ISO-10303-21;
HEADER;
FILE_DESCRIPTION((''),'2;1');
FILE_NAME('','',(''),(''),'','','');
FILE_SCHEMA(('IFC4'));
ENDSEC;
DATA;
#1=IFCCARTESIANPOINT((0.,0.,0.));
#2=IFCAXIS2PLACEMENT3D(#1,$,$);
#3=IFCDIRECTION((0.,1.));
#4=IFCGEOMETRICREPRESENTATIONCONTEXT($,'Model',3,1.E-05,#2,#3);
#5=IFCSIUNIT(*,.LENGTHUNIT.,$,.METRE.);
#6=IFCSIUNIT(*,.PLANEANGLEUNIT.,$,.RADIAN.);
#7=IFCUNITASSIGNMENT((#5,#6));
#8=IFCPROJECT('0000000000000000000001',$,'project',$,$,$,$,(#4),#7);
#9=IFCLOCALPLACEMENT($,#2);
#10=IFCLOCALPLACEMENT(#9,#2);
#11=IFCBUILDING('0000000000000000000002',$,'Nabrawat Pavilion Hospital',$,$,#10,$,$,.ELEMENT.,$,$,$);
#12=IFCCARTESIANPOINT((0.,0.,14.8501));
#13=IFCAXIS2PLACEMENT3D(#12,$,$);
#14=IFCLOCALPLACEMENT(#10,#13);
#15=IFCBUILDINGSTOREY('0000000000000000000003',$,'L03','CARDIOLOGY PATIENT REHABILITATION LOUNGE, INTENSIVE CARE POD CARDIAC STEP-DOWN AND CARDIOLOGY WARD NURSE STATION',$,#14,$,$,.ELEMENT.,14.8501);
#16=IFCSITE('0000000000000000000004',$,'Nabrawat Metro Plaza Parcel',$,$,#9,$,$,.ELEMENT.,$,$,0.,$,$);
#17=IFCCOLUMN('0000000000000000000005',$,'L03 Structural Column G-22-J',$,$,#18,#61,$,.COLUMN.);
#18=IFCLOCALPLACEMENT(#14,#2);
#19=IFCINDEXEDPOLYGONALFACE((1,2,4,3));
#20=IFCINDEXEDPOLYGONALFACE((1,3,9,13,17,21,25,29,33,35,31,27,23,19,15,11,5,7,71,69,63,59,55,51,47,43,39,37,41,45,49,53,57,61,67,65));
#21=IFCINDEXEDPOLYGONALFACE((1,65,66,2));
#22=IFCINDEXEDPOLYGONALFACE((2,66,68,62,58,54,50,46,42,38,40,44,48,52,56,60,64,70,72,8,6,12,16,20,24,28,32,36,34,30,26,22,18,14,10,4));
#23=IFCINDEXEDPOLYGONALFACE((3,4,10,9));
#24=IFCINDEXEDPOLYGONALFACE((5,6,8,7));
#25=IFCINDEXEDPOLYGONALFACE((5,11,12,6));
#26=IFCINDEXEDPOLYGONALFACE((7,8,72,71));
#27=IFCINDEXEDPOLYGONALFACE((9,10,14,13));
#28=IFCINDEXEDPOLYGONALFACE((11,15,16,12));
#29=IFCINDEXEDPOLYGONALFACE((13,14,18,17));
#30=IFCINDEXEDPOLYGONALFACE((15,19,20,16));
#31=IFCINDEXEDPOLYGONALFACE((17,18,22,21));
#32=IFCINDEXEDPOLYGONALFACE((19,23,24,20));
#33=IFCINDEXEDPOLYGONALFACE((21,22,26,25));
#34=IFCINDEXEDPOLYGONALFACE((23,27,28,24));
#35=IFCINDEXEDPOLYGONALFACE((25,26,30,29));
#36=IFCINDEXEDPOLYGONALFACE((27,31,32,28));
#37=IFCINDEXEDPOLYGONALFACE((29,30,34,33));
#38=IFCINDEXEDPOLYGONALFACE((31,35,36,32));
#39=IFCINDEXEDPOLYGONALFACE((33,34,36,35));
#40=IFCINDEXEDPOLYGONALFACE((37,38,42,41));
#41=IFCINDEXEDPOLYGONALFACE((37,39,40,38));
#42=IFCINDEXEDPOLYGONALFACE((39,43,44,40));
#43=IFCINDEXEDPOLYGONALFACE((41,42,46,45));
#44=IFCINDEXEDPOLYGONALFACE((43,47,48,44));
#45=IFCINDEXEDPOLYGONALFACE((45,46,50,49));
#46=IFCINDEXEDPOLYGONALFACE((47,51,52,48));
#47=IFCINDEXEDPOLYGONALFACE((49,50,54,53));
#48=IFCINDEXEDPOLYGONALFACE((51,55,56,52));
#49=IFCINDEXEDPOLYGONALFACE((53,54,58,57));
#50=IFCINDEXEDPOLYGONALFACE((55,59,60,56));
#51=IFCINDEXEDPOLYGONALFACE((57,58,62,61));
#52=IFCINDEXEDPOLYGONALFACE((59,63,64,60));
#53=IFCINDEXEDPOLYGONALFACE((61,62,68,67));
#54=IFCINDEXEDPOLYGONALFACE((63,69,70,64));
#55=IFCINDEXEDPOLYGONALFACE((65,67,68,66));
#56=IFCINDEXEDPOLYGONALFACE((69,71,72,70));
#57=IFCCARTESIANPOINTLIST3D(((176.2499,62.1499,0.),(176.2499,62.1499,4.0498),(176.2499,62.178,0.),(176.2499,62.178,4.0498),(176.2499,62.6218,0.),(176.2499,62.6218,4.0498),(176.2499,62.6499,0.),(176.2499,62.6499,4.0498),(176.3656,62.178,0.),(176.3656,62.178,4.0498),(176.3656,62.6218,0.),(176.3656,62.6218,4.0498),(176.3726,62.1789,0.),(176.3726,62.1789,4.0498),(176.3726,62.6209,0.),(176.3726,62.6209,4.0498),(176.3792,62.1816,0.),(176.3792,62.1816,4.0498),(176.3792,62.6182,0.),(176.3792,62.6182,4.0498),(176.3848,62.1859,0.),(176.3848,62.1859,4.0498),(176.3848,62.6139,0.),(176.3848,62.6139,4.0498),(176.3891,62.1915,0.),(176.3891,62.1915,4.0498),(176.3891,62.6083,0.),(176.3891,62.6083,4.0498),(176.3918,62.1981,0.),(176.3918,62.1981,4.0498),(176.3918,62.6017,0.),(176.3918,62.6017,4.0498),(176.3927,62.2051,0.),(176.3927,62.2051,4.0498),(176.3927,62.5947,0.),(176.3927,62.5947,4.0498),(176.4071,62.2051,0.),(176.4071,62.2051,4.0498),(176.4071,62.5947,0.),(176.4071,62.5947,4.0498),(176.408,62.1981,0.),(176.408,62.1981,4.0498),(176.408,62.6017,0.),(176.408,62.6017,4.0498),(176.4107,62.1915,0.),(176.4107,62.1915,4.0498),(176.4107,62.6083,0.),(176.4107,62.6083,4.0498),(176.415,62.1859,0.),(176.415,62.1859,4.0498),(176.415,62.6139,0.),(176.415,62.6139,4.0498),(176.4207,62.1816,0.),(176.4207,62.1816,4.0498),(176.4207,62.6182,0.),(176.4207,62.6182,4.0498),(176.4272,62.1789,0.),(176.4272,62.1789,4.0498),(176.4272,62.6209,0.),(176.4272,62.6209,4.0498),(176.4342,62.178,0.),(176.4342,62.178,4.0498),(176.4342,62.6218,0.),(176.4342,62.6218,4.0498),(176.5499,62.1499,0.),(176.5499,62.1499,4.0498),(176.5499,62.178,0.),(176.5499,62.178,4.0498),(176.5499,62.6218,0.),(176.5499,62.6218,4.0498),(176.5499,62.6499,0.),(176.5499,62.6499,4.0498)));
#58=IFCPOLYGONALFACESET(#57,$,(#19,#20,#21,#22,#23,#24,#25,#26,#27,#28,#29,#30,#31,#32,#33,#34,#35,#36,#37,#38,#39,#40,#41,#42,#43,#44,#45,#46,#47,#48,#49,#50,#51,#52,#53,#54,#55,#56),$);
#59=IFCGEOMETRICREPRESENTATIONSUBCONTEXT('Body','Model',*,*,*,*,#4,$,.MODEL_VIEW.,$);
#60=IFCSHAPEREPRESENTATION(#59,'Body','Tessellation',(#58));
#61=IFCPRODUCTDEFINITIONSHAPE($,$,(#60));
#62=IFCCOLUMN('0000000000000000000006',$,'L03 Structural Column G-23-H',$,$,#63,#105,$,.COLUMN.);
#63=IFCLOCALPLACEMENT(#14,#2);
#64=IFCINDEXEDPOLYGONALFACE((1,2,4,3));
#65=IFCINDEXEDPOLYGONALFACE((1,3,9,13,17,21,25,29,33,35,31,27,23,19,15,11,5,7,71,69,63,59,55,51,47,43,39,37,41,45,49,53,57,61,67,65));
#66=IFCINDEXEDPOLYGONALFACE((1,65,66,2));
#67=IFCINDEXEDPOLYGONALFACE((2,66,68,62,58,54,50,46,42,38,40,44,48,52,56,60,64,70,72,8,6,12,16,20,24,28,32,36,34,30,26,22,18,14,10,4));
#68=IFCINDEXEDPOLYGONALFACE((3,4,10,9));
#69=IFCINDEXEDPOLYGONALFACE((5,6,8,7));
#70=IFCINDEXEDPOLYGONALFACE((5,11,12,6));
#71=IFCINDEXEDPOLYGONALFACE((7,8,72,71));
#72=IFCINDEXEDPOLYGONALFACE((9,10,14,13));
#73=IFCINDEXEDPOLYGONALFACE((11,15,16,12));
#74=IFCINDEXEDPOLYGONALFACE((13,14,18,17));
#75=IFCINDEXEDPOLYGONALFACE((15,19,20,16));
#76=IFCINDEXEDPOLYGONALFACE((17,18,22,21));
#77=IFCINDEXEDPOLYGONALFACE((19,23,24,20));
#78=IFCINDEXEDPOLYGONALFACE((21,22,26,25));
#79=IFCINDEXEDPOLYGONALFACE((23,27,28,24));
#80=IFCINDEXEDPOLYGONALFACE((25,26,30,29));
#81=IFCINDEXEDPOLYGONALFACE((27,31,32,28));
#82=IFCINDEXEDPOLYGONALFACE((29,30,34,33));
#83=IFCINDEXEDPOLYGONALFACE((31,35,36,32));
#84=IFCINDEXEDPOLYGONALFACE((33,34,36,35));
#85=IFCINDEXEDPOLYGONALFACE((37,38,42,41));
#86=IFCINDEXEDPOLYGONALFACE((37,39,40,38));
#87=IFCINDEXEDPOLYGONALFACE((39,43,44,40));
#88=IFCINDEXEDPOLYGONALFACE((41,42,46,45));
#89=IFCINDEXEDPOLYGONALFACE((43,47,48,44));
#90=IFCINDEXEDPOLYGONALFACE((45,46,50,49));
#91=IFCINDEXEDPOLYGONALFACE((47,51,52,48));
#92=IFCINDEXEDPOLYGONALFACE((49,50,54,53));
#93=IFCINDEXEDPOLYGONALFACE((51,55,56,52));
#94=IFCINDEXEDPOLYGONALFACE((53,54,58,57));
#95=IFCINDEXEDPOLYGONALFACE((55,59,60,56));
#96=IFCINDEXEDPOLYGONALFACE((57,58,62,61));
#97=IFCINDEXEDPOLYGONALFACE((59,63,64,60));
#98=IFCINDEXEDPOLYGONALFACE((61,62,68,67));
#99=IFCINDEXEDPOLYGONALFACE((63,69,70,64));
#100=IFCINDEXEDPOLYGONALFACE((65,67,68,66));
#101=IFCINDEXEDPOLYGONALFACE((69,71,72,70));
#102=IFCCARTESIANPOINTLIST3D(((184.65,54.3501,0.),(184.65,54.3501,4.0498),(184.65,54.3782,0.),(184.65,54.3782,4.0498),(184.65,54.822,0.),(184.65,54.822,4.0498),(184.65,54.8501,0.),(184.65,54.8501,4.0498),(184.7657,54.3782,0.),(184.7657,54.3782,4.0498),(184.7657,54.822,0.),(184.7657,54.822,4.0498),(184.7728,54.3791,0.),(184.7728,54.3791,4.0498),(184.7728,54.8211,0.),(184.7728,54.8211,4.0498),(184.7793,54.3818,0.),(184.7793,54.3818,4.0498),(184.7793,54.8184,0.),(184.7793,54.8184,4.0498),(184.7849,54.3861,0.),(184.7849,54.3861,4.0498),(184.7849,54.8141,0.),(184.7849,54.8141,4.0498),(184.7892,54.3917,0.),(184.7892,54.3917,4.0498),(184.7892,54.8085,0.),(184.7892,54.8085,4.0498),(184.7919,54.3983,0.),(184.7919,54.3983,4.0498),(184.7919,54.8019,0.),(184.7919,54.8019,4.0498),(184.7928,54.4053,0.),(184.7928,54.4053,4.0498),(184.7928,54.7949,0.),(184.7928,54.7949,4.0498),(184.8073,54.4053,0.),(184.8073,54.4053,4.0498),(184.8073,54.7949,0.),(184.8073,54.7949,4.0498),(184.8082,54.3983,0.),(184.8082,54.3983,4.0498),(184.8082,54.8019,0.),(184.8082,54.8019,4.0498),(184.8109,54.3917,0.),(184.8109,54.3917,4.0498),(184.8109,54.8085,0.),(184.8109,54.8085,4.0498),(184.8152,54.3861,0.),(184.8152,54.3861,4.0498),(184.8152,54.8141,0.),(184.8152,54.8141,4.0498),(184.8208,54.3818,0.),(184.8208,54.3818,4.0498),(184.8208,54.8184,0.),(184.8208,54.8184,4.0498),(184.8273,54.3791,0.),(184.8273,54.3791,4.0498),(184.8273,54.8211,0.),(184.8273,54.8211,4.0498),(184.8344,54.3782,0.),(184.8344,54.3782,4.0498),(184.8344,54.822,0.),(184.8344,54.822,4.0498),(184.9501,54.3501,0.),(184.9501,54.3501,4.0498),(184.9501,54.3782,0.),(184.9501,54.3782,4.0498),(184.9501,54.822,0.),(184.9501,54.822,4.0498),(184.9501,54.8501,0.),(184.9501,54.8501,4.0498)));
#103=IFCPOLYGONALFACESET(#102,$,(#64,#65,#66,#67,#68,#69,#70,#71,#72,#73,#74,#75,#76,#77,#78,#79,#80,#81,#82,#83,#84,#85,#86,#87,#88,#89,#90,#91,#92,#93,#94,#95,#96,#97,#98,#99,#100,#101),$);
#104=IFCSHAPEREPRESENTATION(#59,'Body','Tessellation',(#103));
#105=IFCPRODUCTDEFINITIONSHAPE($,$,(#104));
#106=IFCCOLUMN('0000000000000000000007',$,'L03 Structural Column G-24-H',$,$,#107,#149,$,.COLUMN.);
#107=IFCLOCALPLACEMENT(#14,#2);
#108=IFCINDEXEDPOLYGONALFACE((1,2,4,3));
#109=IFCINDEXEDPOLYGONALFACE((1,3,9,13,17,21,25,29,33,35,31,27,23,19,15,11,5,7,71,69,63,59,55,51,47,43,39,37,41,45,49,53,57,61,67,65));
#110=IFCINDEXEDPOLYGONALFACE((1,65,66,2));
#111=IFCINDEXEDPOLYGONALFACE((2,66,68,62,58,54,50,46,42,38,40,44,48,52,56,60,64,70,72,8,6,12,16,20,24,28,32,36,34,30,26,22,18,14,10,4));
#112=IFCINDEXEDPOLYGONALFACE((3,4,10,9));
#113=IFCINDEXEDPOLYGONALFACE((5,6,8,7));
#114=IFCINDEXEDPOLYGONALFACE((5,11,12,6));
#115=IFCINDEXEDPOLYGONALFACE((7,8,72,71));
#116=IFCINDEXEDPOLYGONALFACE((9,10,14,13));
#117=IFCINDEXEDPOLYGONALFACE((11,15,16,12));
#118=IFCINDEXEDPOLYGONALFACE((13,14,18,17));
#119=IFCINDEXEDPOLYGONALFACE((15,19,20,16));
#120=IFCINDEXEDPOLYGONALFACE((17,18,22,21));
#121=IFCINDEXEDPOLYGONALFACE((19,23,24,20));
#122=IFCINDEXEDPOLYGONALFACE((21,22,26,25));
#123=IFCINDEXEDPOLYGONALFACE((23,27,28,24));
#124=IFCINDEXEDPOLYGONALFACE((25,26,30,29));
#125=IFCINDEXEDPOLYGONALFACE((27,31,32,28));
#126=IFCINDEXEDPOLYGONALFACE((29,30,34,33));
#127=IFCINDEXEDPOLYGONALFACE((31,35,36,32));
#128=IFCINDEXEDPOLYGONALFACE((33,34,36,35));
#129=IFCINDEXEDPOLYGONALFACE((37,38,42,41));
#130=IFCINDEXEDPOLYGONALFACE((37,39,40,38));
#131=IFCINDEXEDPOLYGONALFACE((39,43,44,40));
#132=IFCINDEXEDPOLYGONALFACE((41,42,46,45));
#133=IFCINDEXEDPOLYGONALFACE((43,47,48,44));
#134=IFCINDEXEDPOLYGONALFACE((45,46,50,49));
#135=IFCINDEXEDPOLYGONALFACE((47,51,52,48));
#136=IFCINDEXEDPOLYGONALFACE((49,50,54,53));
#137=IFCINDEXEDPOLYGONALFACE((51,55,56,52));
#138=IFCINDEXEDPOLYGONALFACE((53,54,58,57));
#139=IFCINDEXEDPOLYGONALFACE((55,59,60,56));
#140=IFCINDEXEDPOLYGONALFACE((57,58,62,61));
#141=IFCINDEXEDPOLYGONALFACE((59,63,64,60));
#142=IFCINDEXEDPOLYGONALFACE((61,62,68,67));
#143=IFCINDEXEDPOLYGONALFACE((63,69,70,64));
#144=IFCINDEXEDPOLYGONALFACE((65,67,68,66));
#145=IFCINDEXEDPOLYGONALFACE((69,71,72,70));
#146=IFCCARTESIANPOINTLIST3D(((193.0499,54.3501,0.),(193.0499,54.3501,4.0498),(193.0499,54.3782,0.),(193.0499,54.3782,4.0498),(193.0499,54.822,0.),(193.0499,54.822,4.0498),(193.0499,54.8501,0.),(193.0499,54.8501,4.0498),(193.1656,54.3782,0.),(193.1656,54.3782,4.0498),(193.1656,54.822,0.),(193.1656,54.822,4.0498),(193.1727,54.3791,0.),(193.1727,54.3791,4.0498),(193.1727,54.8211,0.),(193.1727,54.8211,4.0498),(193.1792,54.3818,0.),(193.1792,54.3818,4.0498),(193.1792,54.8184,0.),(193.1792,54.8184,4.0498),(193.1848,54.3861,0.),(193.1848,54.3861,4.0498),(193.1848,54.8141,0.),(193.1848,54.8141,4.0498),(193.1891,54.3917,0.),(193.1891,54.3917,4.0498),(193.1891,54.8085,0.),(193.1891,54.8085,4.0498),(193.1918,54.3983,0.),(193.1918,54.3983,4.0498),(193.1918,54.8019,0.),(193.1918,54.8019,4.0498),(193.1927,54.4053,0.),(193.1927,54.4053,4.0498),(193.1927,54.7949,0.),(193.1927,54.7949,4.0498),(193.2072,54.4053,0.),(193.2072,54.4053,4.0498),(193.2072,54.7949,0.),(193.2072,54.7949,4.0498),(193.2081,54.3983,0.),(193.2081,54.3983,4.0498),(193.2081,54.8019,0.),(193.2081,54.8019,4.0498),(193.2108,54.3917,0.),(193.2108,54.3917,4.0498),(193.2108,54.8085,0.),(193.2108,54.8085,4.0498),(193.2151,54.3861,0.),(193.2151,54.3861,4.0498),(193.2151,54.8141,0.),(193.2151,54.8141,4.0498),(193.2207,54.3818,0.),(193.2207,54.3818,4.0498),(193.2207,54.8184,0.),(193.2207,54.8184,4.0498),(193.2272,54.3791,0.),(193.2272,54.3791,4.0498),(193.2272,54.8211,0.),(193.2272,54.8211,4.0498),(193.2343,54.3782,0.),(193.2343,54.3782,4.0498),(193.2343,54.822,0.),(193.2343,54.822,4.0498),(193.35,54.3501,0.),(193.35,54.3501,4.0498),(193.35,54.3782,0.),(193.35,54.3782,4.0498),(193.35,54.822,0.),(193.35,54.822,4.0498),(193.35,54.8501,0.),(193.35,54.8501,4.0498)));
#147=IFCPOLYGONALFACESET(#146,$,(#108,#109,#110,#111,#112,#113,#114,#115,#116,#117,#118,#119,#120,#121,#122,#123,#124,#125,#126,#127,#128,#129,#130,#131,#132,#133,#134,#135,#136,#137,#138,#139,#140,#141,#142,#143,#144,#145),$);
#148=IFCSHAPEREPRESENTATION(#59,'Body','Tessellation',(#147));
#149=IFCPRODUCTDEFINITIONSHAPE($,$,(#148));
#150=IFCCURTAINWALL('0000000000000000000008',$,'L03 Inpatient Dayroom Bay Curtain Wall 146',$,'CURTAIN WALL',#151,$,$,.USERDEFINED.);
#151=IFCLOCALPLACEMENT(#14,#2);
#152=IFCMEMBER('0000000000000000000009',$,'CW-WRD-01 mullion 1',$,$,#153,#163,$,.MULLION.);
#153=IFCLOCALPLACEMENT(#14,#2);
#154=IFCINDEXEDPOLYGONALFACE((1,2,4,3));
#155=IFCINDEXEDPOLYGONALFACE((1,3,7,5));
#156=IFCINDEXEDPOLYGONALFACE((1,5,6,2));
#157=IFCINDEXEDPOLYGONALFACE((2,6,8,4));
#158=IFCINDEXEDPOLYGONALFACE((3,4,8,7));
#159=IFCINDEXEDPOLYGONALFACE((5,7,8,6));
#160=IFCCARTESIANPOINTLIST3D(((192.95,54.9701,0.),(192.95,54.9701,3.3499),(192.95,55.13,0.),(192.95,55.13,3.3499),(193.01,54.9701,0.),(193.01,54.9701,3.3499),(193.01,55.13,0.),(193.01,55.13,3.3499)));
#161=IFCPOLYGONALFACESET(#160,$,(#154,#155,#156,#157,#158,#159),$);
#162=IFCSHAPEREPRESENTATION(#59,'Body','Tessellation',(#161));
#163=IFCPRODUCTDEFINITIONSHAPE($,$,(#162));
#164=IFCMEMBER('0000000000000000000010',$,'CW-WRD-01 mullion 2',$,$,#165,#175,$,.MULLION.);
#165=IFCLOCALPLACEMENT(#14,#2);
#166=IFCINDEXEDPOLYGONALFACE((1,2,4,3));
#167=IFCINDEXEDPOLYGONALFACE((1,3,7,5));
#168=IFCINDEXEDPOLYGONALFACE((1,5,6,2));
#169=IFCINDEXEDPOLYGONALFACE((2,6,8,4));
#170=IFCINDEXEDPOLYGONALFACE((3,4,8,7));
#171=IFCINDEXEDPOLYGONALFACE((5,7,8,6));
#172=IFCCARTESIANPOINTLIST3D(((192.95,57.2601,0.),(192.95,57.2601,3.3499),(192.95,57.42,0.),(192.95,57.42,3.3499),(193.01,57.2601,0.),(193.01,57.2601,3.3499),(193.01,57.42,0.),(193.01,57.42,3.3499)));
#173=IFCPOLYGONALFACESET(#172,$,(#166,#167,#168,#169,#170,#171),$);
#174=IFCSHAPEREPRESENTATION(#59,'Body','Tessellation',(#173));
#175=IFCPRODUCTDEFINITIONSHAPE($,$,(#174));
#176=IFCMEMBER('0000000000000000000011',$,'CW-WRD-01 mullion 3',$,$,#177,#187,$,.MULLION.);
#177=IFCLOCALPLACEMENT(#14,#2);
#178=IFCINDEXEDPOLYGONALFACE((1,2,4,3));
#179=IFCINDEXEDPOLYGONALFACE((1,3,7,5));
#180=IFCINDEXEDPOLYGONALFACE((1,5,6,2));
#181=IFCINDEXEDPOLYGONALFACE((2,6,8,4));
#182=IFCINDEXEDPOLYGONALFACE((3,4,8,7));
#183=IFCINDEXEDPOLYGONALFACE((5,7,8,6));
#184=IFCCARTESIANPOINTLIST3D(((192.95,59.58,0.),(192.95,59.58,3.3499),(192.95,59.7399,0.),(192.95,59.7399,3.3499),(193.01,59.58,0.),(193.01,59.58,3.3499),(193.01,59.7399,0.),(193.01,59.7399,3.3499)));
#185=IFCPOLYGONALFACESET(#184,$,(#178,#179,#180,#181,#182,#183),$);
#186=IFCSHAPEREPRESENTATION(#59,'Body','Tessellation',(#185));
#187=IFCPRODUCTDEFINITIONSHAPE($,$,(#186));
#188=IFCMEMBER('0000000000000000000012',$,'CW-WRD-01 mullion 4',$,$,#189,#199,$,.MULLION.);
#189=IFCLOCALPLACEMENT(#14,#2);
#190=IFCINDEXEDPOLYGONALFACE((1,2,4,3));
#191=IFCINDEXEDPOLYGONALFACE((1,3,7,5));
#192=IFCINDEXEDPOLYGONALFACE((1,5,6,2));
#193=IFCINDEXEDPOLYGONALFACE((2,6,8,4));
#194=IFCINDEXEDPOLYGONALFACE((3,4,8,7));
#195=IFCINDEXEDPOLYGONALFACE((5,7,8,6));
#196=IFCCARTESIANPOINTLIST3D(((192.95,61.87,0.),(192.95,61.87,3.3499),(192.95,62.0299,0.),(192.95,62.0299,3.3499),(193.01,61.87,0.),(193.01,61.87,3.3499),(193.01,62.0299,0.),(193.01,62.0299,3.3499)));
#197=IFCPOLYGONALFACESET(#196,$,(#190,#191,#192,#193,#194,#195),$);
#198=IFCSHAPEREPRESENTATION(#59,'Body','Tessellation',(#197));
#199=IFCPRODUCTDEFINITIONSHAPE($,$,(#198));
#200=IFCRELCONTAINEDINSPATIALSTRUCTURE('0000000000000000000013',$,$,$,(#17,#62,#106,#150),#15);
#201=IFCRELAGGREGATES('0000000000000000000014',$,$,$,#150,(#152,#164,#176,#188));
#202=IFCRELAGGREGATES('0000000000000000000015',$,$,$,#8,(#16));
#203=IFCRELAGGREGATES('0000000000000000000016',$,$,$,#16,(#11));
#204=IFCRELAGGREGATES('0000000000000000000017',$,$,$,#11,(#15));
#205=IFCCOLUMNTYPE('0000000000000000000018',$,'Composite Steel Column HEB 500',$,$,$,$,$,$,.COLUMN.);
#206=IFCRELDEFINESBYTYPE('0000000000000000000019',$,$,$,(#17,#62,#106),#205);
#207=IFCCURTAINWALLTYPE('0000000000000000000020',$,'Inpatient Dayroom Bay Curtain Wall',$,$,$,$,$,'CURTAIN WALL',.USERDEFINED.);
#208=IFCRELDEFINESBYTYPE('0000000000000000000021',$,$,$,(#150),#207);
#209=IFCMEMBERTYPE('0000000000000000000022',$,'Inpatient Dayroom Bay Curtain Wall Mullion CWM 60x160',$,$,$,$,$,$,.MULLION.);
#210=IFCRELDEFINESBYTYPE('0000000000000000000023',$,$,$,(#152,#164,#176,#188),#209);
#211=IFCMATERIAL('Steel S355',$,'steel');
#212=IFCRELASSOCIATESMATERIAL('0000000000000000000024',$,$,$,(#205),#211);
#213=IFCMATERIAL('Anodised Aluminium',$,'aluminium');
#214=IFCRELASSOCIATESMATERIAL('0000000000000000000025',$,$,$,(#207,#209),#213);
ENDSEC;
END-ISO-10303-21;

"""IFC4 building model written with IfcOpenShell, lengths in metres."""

from ifc_helpers import new_model, si_unit, direction, frame, origin, origin_2d, place, context, subcontext, project, spatial, rectangle, i_section, extrude, material, material_profile, profile_set, type_object, element, aggregate, save


model = new_model("IFC4")

# Units and contexts
model_context = context("Model", 3, precision=1e-05, world=origin(), true_north=direction((0.0, 1.0)))
body_context = subcontext(model_context, "Body", "Model", "MODEL_VIEW")
ifc_project = project(units=[si_unit("LENGTHUNIT", "METRE"), si_unit("PLANEANGLEUNIT", "RADIAN")], contexts=[model_context])

# Site, building, storey
site_placement = place(None, origin())
site = spatial("IfcSite", under=ifc_project, at=site_placement, Name="Nabrawat Metro Plaza Parcel", CompositionType="ELEMENT", RefElevation=0.0)
building_placement = place(site_placement, origin())
building = spatial("IfcBuilding", under=site, at=building_placement, Name="Nabrawat Pavilion Hospital", CompositionType="ELEMENT")
storey_placement = place(building_placement, frame((0.0, 0.0, 14.8501)))
storey = spatial("IfcBuildingStorey", under=building, at=storey_placement, Name="L03", Description="CARDIOLOGY PATIENT REHABILITATION LOUNGE, INTENSIVE CARE POD CARDIAC STEP-DOWN AND CARDIOLOGY WARD NURSE STATION", CompositionType="ELEMENT", Elevation=14.8501)

# Columns
ifc_material_1 = material(Name="Steel S355", Category="steel")
ifc_material_profile_1 = material_profile(ifc_material_1, i_section(OverallWidth=0.3, OverallDepth=0.5, WebThickness=0.0144, FlangeThickness=0.0281, FilletRadius=0.0271, at=origin_2d()), Name="HEB 500")
ifc_profile_set_1 = profile_set([ifc_material_profile_1], Name="Steel S355")
column_type = type_object("IfcColumnType", Name="Composite Steel Column HEB 500", PredefinedType="COLUMN", material=ifc_profile_set_1)
for number, where, z_axis, x_axis, name in (
    (1, (176.3999, 62.3999, 0.0), (0.0, 0.0, 1.0), (1.0, 0.0, 0.0), "L03 Structural Column G-22-J"),
    (2, (184.8, 54.6001, 0.0), (0.0, 0.0, 1.0), (1.0, 0.0, 0.0), "L03 Structural Column G-23-H"),
    (3, (193.2, 54.6001, 0.0), (0.0, 0.0, 1.0), (1.0, 0.0, 0.0), "L03 Structural Column G-24-H"),
):
    element("IfcColumn", number, at=place(storey_placement, frame(where, z_axis=z_axis, x_axis=x_axis)), inside=storey, type_object=column_type, Name=name, PredefinedType="COLUMN", context=body_context, shape_type="SweptSolid", body=[
        extrude(i_section(OverallWidth=0.3, OverallDepth=0.5, WebThickness=0.0144, FlangeThickness=0.0281, FilletRadius=0.0271, at=origin_2d()), origin(), (0.0, 0.0, 1.0), 4.0498),
    ])

# Curtain wall, members
ifc_material_2 = material(Name="Anodised Aluminium", Category="aluminium")
curtain_wall_type = type_object("IfcCurtainWallType", Name="Inpatient Dayroom Bay Curtain Wall", ElementType="CURTAIN WALL", PredefinedType="USERDEFINED", material=ifc_material_2)
curtain_wall_placement = place(storey_placement, origin())
curtain_wall = element("IfcCurtainWall", 4, at=curtain_wall_placement, inside=storey, type_object=curtain_wall_type, Name="L03 Inpatient Dayroom Bay Curtain Wall 146", ObjectType="CURTAIN WALL", PredefinedType="USERDEFINED")
ifc_material_profile_2 = material_profile(ifc_material_2, rectangle(XDim=0.0601, YDim=0.1599, at=origin_2d()), Name="CWM 60x160")
ifc_profile_set_2 = profile_set([ifc_material_profile_2], Name="Anodised Aluminium")
member_type_1 = type_object("IfcMemberType", Name="Inpatient Dayroom Bay Curtain Wall Mullion CWM 60x160", PredefinedType="MULLION", material=ifc_profile_set_2)
member_1_placement = place(storey_placement, frame((192.98, 55.05, 0.0), z_axis=(0.0, 0.0, 1.0), x_axis=(-1.0, 0.0, 0.0)))
member_1 = element("IfcMember", 5, at=member_1_placement, type_object=member_type_1, Name="CW-WRD-01 mullion 1", PredefinedType="MULLION", context=body_context, shape_type="SweptSolid", body=[
    extrude(rectangle(XDim=0.0601, YDim=0.1599, at=origin_2d()), origin(), (0.0, 0.0, 1.0), 3.3499),
])
member_2_placement = place(storey_placement, frame((192.98, 57.3401, 0.0), z_axis=(0.0, 0.0, 1.0), x_axis=(-1.0, 0.0, 0.0)))
member_2 = element("IfcMember", 6, at=member_2_placement, type_object=member_type_1, Name="CW-WRD-01 mullion 2", PredefinedType="MULLION", context=body_context, shape_type="SweptSolid", body=[
    extrude(rectangle(XDim=0.0601, YDim=0.1599, at=origin_2d()), origin(), (0.0, 0.0, 1.0), 3.3499),
])
member_3_placement = place(storey_placement, frame((192.98, 59.6599, 0.0), z_axis=(0.0, 0.0, 1.0), x_axis=(-1.0, 0.0, 0.0)))
member_3 = element("IfcMember", 7, at=member_3_placement, type_object=member_type_1, Name="CW-WRD-01 mullion 3", PredefinedType="MULLION", context=body_context, shape_type="SweptSolid", body=[
    extrude(rectangle(XDim=0.0601, YDim=0.1599, at=origin_2d()), origin(), (0.0, 0.0, 1.0), 3.3499),
])
member_4_placement = place(storey_placement, frame((192.98, 61.95, 0.0), z_axis=(0.0, 0.0, 1.0), x_axis=(-1.0, 0.0, 0.0)))
member_4 = element("IfcMember", 8, at=member_4_placement, type_object=member_type_1, Name="CW-WRD-01 mullion 4", PredefinedType="MULLION", context=body_context, shape_type="SweptSolid", body=[
    extrude(rectangle(XDim=0.0601, YDim=0.1599, at=origin_2d()), origin(), (0.0, 0.0, 1.0), 3.3499),
])

aggregate(curtain_wall, [member_1, member_2, member_3, member_4])

save(model, "model.ifc")
